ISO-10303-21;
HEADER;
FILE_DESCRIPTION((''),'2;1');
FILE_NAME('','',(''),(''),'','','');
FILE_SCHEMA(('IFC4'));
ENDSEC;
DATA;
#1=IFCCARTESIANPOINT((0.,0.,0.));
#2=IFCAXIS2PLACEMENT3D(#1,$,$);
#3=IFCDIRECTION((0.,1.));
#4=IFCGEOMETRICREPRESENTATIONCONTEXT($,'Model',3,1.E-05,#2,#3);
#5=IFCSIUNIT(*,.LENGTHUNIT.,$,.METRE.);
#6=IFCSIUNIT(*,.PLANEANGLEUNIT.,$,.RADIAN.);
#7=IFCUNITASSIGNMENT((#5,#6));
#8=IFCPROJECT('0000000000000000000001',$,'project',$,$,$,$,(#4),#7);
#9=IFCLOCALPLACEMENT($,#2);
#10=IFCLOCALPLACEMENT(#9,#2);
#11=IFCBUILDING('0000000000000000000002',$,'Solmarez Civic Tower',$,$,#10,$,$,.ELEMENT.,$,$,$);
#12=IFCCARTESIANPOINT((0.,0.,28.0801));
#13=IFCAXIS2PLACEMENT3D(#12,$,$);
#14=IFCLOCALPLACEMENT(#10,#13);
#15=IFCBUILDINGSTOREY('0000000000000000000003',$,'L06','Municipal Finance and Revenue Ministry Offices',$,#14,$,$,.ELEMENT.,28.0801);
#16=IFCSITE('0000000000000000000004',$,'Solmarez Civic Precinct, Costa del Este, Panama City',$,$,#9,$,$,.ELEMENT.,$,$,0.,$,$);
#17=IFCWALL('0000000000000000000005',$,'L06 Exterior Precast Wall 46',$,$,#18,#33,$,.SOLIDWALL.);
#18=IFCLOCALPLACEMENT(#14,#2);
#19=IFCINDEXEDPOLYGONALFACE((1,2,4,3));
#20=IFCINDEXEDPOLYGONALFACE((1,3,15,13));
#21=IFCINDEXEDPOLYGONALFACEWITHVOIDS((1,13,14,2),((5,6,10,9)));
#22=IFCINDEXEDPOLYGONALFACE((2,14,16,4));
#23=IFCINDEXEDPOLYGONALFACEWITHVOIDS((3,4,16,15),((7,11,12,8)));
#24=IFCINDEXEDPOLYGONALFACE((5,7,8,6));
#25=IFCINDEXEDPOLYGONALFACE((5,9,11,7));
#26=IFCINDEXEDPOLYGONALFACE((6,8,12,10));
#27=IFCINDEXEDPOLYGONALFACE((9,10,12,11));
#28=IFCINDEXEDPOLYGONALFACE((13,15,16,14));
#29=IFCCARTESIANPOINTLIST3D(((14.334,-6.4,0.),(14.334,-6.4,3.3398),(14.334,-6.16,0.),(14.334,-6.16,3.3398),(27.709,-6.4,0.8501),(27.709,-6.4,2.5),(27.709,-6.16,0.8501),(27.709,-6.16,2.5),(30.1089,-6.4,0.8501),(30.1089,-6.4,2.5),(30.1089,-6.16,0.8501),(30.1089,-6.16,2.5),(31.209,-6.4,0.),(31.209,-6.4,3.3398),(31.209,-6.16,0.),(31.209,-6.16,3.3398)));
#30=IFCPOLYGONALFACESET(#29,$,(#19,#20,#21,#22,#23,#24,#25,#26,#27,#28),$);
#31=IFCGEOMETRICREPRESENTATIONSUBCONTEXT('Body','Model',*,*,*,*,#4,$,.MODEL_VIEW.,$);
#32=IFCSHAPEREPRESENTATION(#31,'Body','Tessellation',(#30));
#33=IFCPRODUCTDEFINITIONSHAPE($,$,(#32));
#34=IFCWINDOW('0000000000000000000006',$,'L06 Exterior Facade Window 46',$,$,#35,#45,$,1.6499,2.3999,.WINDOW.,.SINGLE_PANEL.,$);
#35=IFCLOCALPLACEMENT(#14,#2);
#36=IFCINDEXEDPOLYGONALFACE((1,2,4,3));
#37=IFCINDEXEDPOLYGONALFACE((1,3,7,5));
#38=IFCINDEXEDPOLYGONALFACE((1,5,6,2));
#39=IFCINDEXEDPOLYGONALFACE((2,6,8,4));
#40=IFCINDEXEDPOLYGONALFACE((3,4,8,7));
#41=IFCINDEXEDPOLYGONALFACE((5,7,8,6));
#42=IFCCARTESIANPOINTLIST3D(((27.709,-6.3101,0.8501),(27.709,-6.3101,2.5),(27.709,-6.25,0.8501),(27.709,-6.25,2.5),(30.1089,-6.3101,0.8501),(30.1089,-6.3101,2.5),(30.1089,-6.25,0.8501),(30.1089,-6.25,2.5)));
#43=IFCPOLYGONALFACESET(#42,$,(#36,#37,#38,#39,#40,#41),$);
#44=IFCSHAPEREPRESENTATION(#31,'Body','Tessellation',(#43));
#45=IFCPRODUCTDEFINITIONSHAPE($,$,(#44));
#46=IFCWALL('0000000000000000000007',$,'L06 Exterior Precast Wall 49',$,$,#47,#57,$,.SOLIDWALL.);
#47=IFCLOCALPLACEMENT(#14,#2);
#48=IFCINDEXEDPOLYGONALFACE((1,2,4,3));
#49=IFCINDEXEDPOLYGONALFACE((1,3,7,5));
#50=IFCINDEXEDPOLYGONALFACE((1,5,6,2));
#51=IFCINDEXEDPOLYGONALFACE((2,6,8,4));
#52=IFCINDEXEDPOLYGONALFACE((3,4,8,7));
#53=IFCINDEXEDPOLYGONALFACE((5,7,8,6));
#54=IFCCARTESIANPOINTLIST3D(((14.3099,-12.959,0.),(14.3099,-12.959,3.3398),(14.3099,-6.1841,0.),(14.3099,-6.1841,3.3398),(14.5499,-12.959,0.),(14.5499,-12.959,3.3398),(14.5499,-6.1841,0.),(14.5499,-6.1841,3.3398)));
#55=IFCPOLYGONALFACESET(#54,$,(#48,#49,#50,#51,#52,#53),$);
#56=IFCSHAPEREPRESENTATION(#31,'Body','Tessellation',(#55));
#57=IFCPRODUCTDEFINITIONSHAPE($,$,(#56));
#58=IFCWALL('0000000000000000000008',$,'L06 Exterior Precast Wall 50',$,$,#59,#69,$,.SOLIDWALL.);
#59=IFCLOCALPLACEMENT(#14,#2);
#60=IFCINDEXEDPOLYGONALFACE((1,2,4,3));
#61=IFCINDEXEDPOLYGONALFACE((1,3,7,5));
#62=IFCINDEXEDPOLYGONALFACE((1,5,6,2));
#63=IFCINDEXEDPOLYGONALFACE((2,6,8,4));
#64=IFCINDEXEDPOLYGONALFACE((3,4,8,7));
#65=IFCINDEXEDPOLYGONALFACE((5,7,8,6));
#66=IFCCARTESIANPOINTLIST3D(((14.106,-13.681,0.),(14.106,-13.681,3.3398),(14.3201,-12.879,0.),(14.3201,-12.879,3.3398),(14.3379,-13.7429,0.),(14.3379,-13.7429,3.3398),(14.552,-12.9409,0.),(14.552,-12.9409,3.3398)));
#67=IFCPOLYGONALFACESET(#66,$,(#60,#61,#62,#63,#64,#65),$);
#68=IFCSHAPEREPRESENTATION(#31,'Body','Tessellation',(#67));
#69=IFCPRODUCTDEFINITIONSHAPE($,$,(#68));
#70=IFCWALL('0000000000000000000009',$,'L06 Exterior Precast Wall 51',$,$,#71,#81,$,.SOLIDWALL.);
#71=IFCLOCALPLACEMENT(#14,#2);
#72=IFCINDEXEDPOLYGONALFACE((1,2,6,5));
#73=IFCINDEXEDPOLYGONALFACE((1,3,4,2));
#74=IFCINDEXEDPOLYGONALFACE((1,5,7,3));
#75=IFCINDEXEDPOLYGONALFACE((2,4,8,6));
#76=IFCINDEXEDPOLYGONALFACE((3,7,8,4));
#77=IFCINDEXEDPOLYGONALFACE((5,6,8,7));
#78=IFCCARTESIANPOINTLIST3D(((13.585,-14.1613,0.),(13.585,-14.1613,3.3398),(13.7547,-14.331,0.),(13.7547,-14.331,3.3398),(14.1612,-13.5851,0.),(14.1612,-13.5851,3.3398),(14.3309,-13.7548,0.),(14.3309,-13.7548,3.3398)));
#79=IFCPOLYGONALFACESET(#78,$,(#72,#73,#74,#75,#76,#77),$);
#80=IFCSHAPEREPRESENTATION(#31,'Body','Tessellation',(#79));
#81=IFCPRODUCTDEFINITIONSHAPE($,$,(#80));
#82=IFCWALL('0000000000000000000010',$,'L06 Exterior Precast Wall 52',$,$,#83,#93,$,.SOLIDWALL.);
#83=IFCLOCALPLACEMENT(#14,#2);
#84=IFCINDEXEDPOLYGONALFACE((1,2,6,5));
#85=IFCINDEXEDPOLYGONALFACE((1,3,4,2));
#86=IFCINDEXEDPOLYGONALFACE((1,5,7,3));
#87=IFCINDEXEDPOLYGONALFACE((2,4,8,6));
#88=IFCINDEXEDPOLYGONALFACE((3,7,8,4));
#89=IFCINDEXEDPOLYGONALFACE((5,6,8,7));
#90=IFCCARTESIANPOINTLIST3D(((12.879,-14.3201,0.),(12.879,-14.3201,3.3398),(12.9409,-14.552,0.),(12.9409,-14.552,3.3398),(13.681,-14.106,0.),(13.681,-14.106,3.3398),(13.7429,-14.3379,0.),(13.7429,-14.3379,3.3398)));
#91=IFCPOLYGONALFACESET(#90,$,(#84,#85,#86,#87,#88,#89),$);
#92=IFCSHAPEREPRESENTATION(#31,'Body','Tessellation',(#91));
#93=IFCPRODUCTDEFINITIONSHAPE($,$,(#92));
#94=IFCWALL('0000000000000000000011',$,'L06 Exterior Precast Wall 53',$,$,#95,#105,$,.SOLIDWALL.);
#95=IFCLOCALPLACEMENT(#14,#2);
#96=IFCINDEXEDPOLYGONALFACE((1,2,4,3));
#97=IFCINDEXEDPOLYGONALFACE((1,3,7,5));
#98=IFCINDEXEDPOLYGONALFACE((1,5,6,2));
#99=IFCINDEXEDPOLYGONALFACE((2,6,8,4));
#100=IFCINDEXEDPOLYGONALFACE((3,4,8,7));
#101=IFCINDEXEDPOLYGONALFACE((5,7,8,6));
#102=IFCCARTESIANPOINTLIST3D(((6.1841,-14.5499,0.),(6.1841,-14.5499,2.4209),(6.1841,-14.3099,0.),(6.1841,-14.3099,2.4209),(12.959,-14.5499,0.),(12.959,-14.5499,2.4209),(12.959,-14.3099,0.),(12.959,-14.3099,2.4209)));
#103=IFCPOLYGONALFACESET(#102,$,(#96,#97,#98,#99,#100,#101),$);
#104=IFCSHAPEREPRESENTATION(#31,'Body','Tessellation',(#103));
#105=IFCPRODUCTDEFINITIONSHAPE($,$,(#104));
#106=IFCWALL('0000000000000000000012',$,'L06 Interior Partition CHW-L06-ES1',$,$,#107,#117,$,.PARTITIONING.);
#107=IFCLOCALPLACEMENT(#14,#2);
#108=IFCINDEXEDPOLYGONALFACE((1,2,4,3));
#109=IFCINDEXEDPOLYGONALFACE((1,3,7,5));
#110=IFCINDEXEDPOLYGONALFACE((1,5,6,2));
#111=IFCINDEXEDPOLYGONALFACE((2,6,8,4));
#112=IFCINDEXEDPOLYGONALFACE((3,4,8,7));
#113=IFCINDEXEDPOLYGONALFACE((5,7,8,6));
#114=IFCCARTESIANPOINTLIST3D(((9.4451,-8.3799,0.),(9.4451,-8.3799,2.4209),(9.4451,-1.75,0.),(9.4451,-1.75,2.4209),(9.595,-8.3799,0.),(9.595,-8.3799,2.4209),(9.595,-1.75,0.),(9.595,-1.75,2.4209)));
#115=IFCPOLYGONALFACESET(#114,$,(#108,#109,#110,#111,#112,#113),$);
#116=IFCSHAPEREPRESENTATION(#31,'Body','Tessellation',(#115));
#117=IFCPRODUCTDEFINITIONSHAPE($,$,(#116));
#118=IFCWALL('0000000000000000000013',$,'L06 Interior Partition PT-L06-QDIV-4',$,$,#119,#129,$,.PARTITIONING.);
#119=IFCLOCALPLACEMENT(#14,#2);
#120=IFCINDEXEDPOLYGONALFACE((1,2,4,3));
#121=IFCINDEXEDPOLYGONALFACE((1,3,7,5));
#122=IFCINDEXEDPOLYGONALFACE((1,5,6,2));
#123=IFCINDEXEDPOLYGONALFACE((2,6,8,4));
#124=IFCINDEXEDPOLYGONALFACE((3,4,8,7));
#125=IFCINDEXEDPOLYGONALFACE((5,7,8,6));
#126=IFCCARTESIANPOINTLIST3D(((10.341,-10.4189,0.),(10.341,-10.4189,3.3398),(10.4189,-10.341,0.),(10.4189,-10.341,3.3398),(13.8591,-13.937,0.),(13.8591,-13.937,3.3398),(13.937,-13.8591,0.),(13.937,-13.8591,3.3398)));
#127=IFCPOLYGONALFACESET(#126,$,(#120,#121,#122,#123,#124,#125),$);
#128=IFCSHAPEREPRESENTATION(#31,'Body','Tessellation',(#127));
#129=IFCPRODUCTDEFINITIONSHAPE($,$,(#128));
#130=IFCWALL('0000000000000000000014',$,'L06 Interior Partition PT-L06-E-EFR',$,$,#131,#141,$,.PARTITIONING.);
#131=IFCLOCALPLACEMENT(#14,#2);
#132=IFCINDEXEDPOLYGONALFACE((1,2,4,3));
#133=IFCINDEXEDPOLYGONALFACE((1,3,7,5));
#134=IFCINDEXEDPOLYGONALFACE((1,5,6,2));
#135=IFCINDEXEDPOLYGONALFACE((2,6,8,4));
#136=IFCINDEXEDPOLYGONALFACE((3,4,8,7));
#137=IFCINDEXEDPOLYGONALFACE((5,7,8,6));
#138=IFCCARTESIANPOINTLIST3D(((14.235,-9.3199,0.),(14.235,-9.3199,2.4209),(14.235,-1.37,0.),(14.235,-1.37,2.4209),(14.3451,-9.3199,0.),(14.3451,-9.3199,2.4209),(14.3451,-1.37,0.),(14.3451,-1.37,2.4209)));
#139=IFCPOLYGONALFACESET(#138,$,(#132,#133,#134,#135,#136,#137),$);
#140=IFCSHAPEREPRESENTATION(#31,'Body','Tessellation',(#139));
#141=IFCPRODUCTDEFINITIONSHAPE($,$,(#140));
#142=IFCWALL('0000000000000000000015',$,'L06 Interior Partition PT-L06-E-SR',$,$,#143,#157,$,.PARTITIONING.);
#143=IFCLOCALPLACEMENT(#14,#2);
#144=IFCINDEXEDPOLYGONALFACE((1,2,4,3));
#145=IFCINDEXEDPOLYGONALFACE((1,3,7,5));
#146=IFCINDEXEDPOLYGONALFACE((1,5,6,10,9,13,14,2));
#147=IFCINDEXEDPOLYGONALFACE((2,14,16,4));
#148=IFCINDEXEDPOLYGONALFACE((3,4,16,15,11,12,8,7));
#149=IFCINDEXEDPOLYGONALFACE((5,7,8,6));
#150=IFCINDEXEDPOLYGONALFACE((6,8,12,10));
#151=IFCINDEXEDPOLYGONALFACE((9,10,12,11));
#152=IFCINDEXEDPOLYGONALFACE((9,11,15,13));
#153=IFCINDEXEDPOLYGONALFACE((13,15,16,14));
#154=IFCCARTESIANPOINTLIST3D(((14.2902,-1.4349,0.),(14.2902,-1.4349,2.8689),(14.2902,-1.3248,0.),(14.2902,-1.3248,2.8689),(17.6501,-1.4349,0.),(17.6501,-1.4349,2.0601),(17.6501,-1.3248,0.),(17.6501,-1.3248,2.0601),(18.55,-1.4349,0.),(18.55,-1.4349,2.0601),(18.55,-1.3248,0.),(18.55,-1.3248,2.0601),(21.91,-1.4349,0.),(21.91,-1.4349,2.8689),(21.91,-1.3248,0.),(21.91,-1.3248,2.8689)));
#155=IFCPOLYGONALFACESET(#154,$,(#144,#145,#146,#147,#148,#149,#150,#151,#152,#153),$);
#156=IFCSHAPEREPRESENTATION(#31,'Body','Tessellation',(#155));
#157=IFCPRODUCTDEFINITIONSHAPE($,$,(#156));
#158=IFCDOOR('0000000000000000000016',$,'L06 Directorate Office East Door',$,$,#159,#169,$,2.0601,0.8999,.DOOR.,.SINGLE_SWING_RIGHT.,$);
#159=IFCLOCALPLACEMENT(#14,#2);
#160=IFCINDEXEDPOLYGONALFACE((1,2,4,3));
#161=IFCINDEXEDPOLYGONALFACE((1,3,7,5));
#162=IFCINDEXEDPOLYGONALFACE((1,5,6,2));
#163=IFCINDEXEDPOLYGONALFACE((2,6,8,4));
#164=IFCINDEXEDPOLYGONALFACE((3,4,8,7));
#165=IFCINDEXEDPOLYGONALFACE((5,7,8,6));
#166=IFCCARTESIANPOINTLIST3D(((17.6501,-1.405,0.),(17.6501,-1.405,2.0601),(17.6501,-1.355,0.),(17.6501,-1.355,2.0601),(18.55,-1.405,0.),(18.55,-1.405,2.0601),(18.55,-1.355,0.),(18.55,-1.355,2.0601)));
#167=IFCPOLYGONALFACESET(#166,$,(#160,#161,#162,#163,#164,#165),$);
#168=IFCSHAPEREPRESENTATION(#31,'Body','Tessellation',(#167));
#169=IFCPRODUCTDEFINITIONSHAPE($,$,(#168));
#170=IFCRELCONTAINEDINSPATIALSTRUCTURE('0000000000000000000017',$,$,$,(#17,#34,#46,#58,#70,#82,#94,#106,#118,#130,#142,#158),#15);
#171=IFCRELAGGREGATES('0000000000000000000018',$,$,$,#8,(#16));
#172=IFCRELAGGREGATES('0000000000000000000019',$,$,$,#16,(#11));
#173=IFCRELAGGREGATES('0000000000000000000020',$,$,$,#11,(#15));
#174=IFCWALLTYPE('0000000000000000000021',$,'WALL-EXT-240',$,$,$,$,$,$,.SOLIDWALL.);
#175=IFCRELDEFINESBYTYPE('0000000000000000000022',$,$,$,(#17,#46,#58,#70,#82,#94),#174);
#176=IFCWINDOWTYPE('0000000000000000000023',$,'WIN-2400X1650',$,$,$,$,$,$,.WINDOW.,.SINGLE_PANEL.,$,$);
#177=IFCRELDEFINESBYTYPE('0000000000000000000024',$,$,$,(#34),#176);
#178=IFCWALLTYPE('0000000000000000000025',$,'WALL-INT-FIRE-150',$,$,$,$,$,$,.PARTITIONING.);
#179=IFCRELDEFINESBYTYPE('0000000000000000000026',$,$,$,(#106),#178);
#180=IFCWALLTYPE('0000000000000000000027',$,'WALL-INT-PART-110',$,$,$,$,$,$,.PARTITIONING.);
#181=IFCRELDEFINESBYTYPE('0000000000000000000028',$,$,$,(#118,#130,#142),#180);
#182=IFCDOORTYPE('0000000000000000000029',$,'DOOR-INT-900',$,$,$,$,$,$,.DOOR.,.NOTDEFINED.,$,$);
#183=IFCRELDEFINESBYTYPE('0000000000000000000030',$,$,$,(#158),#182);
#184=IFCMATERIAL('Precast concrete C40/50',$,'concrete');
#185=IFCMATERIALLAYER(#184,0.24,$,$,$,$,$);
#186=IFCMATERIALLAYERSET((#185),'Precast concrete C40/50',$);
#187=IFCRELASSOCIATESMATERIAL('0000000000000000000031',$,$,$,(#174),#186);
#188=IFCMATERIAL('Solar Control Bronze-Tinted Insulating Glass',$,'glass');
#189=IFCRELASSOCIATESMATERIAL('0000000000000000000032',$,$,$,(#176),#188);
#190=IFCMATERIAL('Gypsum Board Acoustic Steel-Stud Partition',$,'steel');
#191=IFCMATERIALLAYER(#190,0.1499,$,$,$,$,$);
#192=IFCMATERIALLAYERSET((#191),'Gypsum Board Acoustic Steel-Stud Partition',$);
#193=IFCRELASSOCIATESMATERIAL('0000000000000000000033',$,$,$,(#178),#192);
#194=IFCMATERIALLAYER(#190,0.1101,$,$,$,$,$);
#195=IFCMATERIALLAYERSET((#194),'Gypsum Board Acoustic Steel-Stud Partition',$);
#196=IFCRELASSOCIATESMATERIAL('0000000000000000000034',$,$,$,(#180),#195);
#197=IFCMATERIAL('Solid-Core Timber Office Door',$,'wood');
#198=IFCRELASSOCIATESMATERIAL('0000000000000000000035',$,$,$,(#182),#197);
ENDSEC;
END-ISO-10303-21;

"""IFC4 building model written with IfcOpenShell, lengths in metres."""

from ifc_helpers import new_model, si_unit, direction, frame, frame_2d, origin, place, context, subcontext, project, spatial, rectangle, extrude, material, layer, layer_set, type_object, element, fill, save


model = new_model("IFC4")

# Units and contexts
model_context = context("Model", 3, precision=1e-05, world=origin(), true_north=direction((0.0, 1.0)))
body_context = subcontext(model_context, "Body", "Model", "MODEL_VIEW")
ifc_project = project(units=[si_unit("LENGTHUNIT", "METRE"), si_unit("PLANEANGLEUNIT", "RADIAN")], contexts=[model_context])

# Site, building, storey
site_placement = place(None, origin())
site = spatial("IfcSite", under=ifc_project, at=site_placement, Name="Solmarez Civic Precinct, Costa del Este, Panama City", CompositionType="ELEMENT", RefElevation=0.0)
building_placement = place(site_placement, origin())
building = spatial("IfcBuilding", under=site, at=building_placement, Name="Solmarez Civic Tower", CompositionType="ELEMENT")
storey_placement = place(building_placement, frame((0.0, 0.0, 28.0801)))
storey = spatial("IfcBuildingStorey", under=building, at=storey_placement, Name="L06", Description="Municipal Finance and Revenue Ministry Offices", CompositionType="ELEMENT", Elevation=28.0801)

# Shared definitions
ifc_material_1 = material(Name="Precast concrete C40/50", Category="concrete")
ifc_layer_1 = layer(ifc_material_1, 0.24)
ifc_layer_set_1 = layer_set([ifc_layer_1], Name="Precast concrete C40/50")
wall_type_1 = type_object("IfcWallType", Name="WALL-EXT-240", PredefinedType="SOLIDWALL", material=ifc_layer_set_1)

# Wall, opening, window
wall_1_placement = place(storey_placement, frame((31.209, -6.28, 0.0), z_axis=(0.0, 0.0, 1.0), x_axis=(-1.0, 0.0, 0.0)))
wall_1 = element("IfcWall", 1, at=wall_1_placement, inside=storey, type_object=wall_type_1, Name="L06 Exterior Precast Wall 46", PredefinedType="SOLIDWALL", context=body_context, shape_type="SweptSolid", body=[
    extrude(rectangle(XDim=16.875, YDim=0.24, at=frame_2d((8.4375, 0.0))), origin(), (0.0, 0.0, 1.0), 3.3398),
])
opening_1_placement = place(wall_1_placement, frame((1.1001, 0.0, 0.8501)))
opening_1 = element("IfcOpeningElement", 2, at=opening_1_placement, cuts=wall_1, PredefinedType="OPENING", context=body_context, shape_type="SweptSolid", body=[
    extrude(rectangle(XDim=2.3999, YDim=1.6499, at=frame_2d((1.2, 0.825))), frame((0.0, 0.1299, 0.0), z_axis=(0.0, -1.0, 0.0), x_axis=(1.0, 0.0, 0.0)), (0.0, 0.0, 1.0), 0.26),
])
ifc_material_2 = material(Name="Solar Control Bronze-Tinted Insulating Glass", Category="glass")
window_type = type_object("IfcWindowType", Name="WIN-2400X1650", PartitioningType="SINGLE_PANEL", PredefinedType="WINDOW", material=ifc_material_2)
window_placement = place(opening_1_placement, origin())
window = element("IfcWindow", 3, at=window_placement, inside=storey, type_object=window_type, Name="L06 Exterior Facade Window 46", OverallHeight=1.6499, OverallWidth=2.3999, PartitioningType="SINGLE_PANEL", PredefinedType="WINDOW", context=body_context, shape_type="SweptSolid", body=[
    extrude(rectangle(XDim=2.3999, YDim=1.6499, at=frame_2d((1.2, 0.825))), frame((0.0, 0.03, 0.0), z_axis=(0.0, -1.0, 0.0), x_axis=(1.0, 0.0, 0.0)), (0.0, 0.0, 1.0), 0.0601),
])
fill(opening_1, window)

# Walls
wall_2_placement = place(storey_placement, frame((14.4299, -6.1841, 0.0), z_axis=(0.0, 0.0, 1.0), x_axis=(0.0, -1.0, 0.0)))
element("IfcWall", 4, at=wall_2_placement, inside=storey, type_object=wall_type_1, Name="L06 Exterior Precast Wall 49", PredefinedType="SOLIDWALL", context=body_context, shape_type="SweptSolid", body=[
    extrude(rectangle(XDim=6.7749, YDim=0.24, at=frame_2d((3.3875, 0.0))), origin(), (0.0, 0.0, 1.0), 3.3398),
])
wall_3_placement = place(storey_placement, frame((14.436, -12.9099, 0.0), z_axis=(0.0, 0.0, 1.0), x_axis=(-0.257937, -0.966162, 0.0)))
element("IfcWall", 5, at=wall_3_placement, inside=storey, type_object=wall_type_1, Name="L06 Exterior Precast Wall 50", PredefinedType="SOLIDWALL", context=body_context, shape_type="SweptSolid", body=[
    extrude(rectangle(XDim=0.8301, YDim=0.24, at=frame_2d((0.415, 0.0))), origin(), (0.0, 0.0, 1.0), 3.3398),
])
wall_4_placement = place(storey_placement, frame((14.2461, -13.6699, 0.0), z_axis=(0.0, 0.0, 1.0), x_axis=(-0.707107, -0.707107, 0.0)))
element("IfcWall", 6, at=wall_4_placement, inside=storey, type_object=wall_type_1, Name="L06 Exterior Precast Wall 51", PredefinedType="SOLIDWALL", context=body_context, shape_type="SweptSolid", body=[
    extrude(rectangle(XDim=0.8149, YDim=0.24, at=frame_2d((0.4075, 0.0))), origin(), (0.0, 0.0, 1.0), 3.3398),
])
wall_5_placement = place(storey_placement, frame((13.7119, -14.2219, 0.0), z_axis=(0.0, 0.0, 1.0), x_axis=(-0.966162, -0.257937, 0.0)))
element("IfcWall", 7, at=wall_5_placement, inside=storey, type_object=wall_type_1, Name="L06 Exterior Precast Wall 52", PredefinedType="SOLIDWALL", context=body_context, shape_type="SweptSolid", body=[
    extrude(rectangle(XDim=0.8301, YDim=0.24, at=frame_2d((0.415, 0.0))), origin(), (0.0, 0.0, 1.0), 3.3398),
])
wall_6_placement = place(storey_placement, frame((12.959, -14.4299, 0.0), z_axis=(0.0, 0.0, 1.0), x_axis=(-1.0, 0.0, 0.0)))
element("IfcWall", 8, at=wall_6_placement, inside=storey, type_object=wall_type_1, Name="L06 Exterior Precast Wall 53", PredefinedType="SOLIDWALL", context=body_context, shape_type="SweptSolid", body=[
    extrude(rectangle(XDim=6.7749, YDim=0.24, at=frame_2d((3.3875, 0.0))), origin(), (0.0, 0.0, 1.0), 2.4209),
])
ifc_material_3 = material(Name="Gypsum Board Acoustic Steel-Stud Partition", Category="steel")
ifc_layer_2 = layer(ifc_material_3, 0.1499)
ifc_layer_set_2 = layer_set([ifc_layer_2], Name="Gypsum Board Acoustic Steel-Stud Partition")
wall_type_2 = type_object("IfcWallType", Name="WALL-INT-FIRE-150", PredefinedType="PARTITIONING", material=ifc_layer_set_2)
wall_7_placement = place(storey_placement, frame((9.52, -8.3799, 0.0), z_axis=(0.0, 0.0, 1.0), x_axis=(0.0, 1.0, 0.0)))
element("IfcWall", 9, at=wall_7_placement, inside=storey, type_object=wall_type_2, Name="L06 Interior Partition CHW-L06-ES1", PredefinedType="PARTITIONING", context=body_context, shape_type="SweptSolid", body=[
    extrude(rectangle(XDim=6.6299, YDim=0.1499, at=frame_2d((3.3149, 0.0))), origin(), (0.0, 0.0, 1.0), 2.4209),
])
ifc_layer_3 = layer(ifc_material_3, 0.1101)
ifc_layer_set_3 = layer_set([ifc_layer_3], Name="Gypsum Board Acoustic Steel-Stud Partition")
wall_type_3 = type_object("IfcWallType", Name="WALL-INT-PART-110", PredefinedType="PARTITIONING", material=ifc_layer_set_3)
wall_8_placement = place(storey_placement, frame((10.3799, -10.3799, 0.0), z_axis=(0.0, 0.0, 1.0), x_axis=(0.707107, -0.707107, 0.0)))
element("IfcWall", 10, at=wall_8_placement, inside=storey, type_object=wall_type_3, Name="L06 Interior Partition PT-L06-QDIV-4", PredefinedType="PARTITIONING", context=body_context, shape_type="SweptSolid", body=[
    extrude(rectangle(XDim=4.9753, YDim=0.1101, at=frame_2d((2.4878, 0.0))), origin(), (0.0, 0.0, 1.0), 3.3398),
])
wall_9_placement = place(storey_placement, frame((14.29, -9.3201, 0.0), z_axis=(0.0, 0.0, 1.0), x_axis=(0.0, 1.0, 0.0)))
element("IfcWall", 11, at=wall_9_placement, inside=storey, type_object=wall_type_3, Name="L06 Interior Partition PT-L06-E-EFR", PredefinedType="PARTITIONING", context=body_context, shape_type="SweptSolid", body=[
    extrude(rectangle(XDim=7.95, YDim=0.1101, at=frame_2d((3.9751, 0.0))), origin(), (0.0, 0.0, 1.0), 2.4209),
])

# Wall, opening, door
wall_10_placement = place(storey_placement, frame((14.29, -1.3799, 0.0), z_axis=(0.0, 0.0, 1.0), x_axis=(1.0, 0.0, 0.0)))
wall_10 = element("IfcWall", 12, at=wall_10_placement, inside=storey, type_object=wall_type_3, Name="L06 Interior Partition PT-L06-E-SR", PredefinedType="PARTITIONING", context=body_context, shape_type="SweptSolid", body=[
    extrude(rectangle(XDim=7.6199, YDim=0.1101, at=frame_2d((3.8101, 0.0))), origin(), (0.0, 0.0, 1.0), 2.8689),
])
opening_2_placement = place(wall_10_placement, frame((3.3601, 0.0, 0.0)))
opening_2 = element("IfcOpeningElement", 13, at=opening_2_placement, cuts=wall_10, PredefinedType="OPENING", context=body_context, shape_type="SweptSolid", body=[
    extrude(rectangle(XDim=0.8999, YDim=2.0601, at=frame_2d((0.45, 1.03))), frame((0.0, 0.0649, 0.0), z_axis=(0.0, -1.0, 0.0), x_axis=(1.0, 0.0, 0.0)), (0.0, 0.0, 1.0), 0.1301),
])
ifc_material_4 = material(Name="Solid-Core Timber Office Door", Category="wood")
door_type = type_object("IfcDoorType", Name="DOOR-INT-900", OperationType="NOTDEFINED", PredefinedType="DOOR", material=ifc_material_4)
door_placement = place(opening_2_placement, origin())
door = element("IfcDoor", 14, at=door_placement, inside=storey, type_object=door_type, Name="L06 Directorate Office East Door", OperationType="SINGLE_SWING_RIGHT", OverallHeight=2.0601, OverallWidth=0.8999, PredefinedType="DOOR", context=body_context, shape_type="SweptSolid", body=[
    extrude(rectangle(XDim=0.8999, YDim=2.0601, at=frame_2d((0.45, 1.03))), frame((0.0, 0.0249, 0.0), z_axis=(0.0, -1.0, 0.0), x_axis=(1.0, 0.0, 0.0)), (0.0, 0.0, 1.0), 0.05),
])
fill(opening_2, door)

save(model, "model.ifc")
